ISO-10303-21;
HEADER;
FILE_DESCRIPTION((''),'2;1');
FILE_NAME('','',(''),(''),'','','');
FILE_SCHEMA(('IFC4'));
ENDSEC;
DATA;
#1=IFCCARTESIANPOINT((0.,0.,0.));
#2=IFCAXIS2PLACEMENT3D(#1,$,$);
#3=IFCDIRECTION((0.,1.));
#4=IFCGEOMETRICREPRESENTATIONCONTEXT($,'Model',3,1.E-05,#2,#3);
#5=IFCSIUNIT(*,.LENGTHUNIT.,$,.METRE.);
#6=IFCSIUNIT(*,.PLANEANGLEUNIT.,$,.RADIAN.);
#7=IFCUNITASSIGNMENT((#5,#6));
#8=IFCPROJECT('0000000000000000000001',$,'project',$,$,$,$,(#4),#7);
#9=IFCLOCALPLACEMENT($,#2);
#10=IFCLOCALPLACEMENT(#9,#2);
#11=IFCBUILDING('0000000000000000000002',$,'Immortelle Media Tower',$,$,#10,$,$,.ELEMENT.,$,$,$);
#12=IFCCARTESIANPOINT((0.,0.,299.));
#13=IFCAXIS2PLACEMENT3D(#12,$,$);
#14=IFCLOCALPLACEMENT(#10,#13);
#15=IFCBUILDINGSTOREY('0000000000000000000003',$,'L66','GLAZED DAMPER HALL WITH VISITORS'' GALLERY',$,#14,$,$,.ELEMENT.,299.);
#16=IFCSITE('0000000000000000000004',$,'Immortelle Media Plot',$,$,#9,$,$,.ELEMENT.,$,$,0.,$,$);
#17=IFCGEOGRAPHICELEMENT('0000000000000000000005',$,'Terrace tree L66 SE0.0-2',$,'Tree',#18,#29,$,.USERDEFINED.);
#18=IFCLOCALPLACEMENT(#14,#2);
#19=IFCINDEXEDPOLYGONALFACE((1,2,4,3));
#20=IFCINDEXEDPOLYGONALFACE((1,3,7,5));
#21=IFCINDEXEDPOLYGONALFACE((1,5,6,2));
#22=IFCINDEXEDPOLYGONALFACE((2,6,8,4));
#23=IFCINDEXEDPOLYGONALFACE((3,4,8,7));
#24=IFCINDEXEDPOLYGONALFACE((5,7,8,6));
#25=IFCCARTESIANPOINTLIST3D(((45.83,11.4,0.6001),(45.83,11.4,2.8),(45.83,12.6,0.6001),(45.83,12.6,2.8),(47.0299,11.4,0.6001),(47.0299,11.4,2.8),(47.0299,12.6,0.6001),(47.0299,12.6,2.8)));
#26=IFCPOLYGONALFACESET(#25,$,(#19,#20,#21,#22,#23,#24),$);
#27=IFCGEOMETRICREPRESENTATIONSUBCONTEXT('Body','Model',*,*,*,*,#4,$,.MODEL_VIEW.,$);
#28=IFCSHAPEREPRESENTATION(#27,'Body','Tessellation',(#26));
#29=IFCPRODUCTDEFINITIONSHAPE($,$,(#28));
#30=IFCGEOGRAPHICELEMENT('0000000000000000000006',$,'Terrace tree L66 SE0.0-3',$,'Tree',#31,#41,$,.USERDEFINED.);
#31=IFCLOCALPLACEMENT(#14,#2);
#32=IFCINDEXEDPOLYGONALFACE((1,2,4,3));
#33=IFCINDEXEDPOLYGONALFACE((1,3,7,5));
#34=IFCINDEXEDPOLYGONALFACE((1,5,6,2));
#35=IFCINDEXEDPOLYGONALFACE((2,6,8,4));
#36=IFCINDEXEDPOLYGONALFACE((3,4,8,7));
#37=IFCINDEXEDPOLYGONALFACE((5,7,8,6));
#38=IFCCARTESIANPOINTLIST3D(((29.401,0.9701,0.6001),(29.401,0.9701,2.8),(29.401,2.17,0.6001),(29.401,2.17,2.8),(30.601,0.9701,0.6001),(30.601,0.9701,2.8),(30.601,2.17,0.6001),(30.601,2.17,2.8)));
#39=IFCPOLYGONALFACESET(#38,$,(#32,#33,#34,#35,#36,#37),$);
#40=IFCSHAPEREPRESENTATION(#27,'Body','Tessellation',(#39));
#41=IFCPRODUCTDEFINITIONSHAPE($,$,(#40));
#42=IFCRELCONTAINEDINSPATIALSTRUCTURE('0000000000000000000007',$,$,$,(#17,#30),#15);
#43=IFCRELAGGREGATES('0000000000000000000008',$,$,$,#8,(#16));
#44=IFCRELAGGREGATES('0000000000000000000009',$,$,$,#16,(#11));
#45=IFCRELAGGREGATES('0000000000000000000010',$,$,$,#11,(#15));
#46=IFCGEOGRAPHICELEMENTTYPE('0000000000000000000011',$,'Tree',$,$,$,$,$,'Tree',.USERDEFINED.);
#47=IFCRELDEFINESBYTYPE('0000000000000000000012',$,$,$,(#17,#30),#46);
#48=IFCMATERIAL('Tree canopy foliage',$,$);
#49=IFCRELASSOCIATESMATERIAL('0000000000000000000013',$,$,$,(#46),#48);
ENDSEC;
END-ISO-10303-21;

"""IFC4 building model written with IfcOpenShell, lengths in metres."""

from ifc_helpers import new_model, si_unit, direction, frame, origin, origin_2d, place, context, subcontext, project, spatial, rectangle, extrude, material, type_object, element, save


model = new_model("IFC4")

# Units and contexts
model_context = context("Model", 3, precision=1e-05, world=origin(), true_north=direction((0.0, 1.0)))
body_context = subcontext(model_context, "Body", "Model", "MODEL_VIEW")
ifc_project = project(units=[si_unit("LENGTHUNIT", "METRE"), si_unit("PLANEANGLEUNIT", "RADIAN")], contexts=[model_context])

# Site, building, storey
site_placement = place(None, origin())
site = spatial("IfcSite", under=ifc_project, at=site_placement, Name="Immortelle Media Plot", CompositionType="ELEMENT", RefElevation=0.0)
building_placement = place(site_placement, origin())
building = spatial("IfcBuilding", under=site, at=building_placement, Name="Immortelle Media Tower", CompositionType="ELEMENT")
storey_placement = place(building_placement, frame((0.0, 0.0, 299.0)))
storey = spatial("IfcBuildingStorey", under=building, at=storey_placement, Name="L66", Description="GLAZED DAMPER HALL WITH VISITORS' GALLERY", CompositionType="ELEMENT", Elevation=299.0)

# Geographic elements
ifc_material_1 = material(Name="Tree canopy foliage")
geographic_element_type = type_object("IfcGeographicElementType", Name="Tree", ElementType="Tree", PredefinedType="USERDEFINED", material=ifc_material_1)
for number, where, z_axis, x_axis, name in (
    (1, (46.4299, 12.0, 0.6001), (0.0, 0.0, 1.0), (1.0, 0.0, 0.0), "Terrace tree L66 SE0.0-2"),
    (2, (30.001, 1.5701, 0.6001), (0.0, 0.0, 1.0), (1.0, 0.0, 0.0), "Terrace tree L66 SE0.0-3"),
):
    element("IfcGeographicElement", number, at=place(storey_placement, frame(where, z_axis=z_axis, x_axis=x_axis)), inside=storey, type_object=geographic_element_type, Name=name, ObjectType="Tree", PredefinedType="USERDEFINED", context=body_context, shape_type="SweptSolid", body=[
        extrude(rectangle(XDim=1.2, YDim=1.2, at=origin_2d()), origin(), (0.0, 0.0, 1.0), 2.2),
    ])

save(model, "model.ifc")
